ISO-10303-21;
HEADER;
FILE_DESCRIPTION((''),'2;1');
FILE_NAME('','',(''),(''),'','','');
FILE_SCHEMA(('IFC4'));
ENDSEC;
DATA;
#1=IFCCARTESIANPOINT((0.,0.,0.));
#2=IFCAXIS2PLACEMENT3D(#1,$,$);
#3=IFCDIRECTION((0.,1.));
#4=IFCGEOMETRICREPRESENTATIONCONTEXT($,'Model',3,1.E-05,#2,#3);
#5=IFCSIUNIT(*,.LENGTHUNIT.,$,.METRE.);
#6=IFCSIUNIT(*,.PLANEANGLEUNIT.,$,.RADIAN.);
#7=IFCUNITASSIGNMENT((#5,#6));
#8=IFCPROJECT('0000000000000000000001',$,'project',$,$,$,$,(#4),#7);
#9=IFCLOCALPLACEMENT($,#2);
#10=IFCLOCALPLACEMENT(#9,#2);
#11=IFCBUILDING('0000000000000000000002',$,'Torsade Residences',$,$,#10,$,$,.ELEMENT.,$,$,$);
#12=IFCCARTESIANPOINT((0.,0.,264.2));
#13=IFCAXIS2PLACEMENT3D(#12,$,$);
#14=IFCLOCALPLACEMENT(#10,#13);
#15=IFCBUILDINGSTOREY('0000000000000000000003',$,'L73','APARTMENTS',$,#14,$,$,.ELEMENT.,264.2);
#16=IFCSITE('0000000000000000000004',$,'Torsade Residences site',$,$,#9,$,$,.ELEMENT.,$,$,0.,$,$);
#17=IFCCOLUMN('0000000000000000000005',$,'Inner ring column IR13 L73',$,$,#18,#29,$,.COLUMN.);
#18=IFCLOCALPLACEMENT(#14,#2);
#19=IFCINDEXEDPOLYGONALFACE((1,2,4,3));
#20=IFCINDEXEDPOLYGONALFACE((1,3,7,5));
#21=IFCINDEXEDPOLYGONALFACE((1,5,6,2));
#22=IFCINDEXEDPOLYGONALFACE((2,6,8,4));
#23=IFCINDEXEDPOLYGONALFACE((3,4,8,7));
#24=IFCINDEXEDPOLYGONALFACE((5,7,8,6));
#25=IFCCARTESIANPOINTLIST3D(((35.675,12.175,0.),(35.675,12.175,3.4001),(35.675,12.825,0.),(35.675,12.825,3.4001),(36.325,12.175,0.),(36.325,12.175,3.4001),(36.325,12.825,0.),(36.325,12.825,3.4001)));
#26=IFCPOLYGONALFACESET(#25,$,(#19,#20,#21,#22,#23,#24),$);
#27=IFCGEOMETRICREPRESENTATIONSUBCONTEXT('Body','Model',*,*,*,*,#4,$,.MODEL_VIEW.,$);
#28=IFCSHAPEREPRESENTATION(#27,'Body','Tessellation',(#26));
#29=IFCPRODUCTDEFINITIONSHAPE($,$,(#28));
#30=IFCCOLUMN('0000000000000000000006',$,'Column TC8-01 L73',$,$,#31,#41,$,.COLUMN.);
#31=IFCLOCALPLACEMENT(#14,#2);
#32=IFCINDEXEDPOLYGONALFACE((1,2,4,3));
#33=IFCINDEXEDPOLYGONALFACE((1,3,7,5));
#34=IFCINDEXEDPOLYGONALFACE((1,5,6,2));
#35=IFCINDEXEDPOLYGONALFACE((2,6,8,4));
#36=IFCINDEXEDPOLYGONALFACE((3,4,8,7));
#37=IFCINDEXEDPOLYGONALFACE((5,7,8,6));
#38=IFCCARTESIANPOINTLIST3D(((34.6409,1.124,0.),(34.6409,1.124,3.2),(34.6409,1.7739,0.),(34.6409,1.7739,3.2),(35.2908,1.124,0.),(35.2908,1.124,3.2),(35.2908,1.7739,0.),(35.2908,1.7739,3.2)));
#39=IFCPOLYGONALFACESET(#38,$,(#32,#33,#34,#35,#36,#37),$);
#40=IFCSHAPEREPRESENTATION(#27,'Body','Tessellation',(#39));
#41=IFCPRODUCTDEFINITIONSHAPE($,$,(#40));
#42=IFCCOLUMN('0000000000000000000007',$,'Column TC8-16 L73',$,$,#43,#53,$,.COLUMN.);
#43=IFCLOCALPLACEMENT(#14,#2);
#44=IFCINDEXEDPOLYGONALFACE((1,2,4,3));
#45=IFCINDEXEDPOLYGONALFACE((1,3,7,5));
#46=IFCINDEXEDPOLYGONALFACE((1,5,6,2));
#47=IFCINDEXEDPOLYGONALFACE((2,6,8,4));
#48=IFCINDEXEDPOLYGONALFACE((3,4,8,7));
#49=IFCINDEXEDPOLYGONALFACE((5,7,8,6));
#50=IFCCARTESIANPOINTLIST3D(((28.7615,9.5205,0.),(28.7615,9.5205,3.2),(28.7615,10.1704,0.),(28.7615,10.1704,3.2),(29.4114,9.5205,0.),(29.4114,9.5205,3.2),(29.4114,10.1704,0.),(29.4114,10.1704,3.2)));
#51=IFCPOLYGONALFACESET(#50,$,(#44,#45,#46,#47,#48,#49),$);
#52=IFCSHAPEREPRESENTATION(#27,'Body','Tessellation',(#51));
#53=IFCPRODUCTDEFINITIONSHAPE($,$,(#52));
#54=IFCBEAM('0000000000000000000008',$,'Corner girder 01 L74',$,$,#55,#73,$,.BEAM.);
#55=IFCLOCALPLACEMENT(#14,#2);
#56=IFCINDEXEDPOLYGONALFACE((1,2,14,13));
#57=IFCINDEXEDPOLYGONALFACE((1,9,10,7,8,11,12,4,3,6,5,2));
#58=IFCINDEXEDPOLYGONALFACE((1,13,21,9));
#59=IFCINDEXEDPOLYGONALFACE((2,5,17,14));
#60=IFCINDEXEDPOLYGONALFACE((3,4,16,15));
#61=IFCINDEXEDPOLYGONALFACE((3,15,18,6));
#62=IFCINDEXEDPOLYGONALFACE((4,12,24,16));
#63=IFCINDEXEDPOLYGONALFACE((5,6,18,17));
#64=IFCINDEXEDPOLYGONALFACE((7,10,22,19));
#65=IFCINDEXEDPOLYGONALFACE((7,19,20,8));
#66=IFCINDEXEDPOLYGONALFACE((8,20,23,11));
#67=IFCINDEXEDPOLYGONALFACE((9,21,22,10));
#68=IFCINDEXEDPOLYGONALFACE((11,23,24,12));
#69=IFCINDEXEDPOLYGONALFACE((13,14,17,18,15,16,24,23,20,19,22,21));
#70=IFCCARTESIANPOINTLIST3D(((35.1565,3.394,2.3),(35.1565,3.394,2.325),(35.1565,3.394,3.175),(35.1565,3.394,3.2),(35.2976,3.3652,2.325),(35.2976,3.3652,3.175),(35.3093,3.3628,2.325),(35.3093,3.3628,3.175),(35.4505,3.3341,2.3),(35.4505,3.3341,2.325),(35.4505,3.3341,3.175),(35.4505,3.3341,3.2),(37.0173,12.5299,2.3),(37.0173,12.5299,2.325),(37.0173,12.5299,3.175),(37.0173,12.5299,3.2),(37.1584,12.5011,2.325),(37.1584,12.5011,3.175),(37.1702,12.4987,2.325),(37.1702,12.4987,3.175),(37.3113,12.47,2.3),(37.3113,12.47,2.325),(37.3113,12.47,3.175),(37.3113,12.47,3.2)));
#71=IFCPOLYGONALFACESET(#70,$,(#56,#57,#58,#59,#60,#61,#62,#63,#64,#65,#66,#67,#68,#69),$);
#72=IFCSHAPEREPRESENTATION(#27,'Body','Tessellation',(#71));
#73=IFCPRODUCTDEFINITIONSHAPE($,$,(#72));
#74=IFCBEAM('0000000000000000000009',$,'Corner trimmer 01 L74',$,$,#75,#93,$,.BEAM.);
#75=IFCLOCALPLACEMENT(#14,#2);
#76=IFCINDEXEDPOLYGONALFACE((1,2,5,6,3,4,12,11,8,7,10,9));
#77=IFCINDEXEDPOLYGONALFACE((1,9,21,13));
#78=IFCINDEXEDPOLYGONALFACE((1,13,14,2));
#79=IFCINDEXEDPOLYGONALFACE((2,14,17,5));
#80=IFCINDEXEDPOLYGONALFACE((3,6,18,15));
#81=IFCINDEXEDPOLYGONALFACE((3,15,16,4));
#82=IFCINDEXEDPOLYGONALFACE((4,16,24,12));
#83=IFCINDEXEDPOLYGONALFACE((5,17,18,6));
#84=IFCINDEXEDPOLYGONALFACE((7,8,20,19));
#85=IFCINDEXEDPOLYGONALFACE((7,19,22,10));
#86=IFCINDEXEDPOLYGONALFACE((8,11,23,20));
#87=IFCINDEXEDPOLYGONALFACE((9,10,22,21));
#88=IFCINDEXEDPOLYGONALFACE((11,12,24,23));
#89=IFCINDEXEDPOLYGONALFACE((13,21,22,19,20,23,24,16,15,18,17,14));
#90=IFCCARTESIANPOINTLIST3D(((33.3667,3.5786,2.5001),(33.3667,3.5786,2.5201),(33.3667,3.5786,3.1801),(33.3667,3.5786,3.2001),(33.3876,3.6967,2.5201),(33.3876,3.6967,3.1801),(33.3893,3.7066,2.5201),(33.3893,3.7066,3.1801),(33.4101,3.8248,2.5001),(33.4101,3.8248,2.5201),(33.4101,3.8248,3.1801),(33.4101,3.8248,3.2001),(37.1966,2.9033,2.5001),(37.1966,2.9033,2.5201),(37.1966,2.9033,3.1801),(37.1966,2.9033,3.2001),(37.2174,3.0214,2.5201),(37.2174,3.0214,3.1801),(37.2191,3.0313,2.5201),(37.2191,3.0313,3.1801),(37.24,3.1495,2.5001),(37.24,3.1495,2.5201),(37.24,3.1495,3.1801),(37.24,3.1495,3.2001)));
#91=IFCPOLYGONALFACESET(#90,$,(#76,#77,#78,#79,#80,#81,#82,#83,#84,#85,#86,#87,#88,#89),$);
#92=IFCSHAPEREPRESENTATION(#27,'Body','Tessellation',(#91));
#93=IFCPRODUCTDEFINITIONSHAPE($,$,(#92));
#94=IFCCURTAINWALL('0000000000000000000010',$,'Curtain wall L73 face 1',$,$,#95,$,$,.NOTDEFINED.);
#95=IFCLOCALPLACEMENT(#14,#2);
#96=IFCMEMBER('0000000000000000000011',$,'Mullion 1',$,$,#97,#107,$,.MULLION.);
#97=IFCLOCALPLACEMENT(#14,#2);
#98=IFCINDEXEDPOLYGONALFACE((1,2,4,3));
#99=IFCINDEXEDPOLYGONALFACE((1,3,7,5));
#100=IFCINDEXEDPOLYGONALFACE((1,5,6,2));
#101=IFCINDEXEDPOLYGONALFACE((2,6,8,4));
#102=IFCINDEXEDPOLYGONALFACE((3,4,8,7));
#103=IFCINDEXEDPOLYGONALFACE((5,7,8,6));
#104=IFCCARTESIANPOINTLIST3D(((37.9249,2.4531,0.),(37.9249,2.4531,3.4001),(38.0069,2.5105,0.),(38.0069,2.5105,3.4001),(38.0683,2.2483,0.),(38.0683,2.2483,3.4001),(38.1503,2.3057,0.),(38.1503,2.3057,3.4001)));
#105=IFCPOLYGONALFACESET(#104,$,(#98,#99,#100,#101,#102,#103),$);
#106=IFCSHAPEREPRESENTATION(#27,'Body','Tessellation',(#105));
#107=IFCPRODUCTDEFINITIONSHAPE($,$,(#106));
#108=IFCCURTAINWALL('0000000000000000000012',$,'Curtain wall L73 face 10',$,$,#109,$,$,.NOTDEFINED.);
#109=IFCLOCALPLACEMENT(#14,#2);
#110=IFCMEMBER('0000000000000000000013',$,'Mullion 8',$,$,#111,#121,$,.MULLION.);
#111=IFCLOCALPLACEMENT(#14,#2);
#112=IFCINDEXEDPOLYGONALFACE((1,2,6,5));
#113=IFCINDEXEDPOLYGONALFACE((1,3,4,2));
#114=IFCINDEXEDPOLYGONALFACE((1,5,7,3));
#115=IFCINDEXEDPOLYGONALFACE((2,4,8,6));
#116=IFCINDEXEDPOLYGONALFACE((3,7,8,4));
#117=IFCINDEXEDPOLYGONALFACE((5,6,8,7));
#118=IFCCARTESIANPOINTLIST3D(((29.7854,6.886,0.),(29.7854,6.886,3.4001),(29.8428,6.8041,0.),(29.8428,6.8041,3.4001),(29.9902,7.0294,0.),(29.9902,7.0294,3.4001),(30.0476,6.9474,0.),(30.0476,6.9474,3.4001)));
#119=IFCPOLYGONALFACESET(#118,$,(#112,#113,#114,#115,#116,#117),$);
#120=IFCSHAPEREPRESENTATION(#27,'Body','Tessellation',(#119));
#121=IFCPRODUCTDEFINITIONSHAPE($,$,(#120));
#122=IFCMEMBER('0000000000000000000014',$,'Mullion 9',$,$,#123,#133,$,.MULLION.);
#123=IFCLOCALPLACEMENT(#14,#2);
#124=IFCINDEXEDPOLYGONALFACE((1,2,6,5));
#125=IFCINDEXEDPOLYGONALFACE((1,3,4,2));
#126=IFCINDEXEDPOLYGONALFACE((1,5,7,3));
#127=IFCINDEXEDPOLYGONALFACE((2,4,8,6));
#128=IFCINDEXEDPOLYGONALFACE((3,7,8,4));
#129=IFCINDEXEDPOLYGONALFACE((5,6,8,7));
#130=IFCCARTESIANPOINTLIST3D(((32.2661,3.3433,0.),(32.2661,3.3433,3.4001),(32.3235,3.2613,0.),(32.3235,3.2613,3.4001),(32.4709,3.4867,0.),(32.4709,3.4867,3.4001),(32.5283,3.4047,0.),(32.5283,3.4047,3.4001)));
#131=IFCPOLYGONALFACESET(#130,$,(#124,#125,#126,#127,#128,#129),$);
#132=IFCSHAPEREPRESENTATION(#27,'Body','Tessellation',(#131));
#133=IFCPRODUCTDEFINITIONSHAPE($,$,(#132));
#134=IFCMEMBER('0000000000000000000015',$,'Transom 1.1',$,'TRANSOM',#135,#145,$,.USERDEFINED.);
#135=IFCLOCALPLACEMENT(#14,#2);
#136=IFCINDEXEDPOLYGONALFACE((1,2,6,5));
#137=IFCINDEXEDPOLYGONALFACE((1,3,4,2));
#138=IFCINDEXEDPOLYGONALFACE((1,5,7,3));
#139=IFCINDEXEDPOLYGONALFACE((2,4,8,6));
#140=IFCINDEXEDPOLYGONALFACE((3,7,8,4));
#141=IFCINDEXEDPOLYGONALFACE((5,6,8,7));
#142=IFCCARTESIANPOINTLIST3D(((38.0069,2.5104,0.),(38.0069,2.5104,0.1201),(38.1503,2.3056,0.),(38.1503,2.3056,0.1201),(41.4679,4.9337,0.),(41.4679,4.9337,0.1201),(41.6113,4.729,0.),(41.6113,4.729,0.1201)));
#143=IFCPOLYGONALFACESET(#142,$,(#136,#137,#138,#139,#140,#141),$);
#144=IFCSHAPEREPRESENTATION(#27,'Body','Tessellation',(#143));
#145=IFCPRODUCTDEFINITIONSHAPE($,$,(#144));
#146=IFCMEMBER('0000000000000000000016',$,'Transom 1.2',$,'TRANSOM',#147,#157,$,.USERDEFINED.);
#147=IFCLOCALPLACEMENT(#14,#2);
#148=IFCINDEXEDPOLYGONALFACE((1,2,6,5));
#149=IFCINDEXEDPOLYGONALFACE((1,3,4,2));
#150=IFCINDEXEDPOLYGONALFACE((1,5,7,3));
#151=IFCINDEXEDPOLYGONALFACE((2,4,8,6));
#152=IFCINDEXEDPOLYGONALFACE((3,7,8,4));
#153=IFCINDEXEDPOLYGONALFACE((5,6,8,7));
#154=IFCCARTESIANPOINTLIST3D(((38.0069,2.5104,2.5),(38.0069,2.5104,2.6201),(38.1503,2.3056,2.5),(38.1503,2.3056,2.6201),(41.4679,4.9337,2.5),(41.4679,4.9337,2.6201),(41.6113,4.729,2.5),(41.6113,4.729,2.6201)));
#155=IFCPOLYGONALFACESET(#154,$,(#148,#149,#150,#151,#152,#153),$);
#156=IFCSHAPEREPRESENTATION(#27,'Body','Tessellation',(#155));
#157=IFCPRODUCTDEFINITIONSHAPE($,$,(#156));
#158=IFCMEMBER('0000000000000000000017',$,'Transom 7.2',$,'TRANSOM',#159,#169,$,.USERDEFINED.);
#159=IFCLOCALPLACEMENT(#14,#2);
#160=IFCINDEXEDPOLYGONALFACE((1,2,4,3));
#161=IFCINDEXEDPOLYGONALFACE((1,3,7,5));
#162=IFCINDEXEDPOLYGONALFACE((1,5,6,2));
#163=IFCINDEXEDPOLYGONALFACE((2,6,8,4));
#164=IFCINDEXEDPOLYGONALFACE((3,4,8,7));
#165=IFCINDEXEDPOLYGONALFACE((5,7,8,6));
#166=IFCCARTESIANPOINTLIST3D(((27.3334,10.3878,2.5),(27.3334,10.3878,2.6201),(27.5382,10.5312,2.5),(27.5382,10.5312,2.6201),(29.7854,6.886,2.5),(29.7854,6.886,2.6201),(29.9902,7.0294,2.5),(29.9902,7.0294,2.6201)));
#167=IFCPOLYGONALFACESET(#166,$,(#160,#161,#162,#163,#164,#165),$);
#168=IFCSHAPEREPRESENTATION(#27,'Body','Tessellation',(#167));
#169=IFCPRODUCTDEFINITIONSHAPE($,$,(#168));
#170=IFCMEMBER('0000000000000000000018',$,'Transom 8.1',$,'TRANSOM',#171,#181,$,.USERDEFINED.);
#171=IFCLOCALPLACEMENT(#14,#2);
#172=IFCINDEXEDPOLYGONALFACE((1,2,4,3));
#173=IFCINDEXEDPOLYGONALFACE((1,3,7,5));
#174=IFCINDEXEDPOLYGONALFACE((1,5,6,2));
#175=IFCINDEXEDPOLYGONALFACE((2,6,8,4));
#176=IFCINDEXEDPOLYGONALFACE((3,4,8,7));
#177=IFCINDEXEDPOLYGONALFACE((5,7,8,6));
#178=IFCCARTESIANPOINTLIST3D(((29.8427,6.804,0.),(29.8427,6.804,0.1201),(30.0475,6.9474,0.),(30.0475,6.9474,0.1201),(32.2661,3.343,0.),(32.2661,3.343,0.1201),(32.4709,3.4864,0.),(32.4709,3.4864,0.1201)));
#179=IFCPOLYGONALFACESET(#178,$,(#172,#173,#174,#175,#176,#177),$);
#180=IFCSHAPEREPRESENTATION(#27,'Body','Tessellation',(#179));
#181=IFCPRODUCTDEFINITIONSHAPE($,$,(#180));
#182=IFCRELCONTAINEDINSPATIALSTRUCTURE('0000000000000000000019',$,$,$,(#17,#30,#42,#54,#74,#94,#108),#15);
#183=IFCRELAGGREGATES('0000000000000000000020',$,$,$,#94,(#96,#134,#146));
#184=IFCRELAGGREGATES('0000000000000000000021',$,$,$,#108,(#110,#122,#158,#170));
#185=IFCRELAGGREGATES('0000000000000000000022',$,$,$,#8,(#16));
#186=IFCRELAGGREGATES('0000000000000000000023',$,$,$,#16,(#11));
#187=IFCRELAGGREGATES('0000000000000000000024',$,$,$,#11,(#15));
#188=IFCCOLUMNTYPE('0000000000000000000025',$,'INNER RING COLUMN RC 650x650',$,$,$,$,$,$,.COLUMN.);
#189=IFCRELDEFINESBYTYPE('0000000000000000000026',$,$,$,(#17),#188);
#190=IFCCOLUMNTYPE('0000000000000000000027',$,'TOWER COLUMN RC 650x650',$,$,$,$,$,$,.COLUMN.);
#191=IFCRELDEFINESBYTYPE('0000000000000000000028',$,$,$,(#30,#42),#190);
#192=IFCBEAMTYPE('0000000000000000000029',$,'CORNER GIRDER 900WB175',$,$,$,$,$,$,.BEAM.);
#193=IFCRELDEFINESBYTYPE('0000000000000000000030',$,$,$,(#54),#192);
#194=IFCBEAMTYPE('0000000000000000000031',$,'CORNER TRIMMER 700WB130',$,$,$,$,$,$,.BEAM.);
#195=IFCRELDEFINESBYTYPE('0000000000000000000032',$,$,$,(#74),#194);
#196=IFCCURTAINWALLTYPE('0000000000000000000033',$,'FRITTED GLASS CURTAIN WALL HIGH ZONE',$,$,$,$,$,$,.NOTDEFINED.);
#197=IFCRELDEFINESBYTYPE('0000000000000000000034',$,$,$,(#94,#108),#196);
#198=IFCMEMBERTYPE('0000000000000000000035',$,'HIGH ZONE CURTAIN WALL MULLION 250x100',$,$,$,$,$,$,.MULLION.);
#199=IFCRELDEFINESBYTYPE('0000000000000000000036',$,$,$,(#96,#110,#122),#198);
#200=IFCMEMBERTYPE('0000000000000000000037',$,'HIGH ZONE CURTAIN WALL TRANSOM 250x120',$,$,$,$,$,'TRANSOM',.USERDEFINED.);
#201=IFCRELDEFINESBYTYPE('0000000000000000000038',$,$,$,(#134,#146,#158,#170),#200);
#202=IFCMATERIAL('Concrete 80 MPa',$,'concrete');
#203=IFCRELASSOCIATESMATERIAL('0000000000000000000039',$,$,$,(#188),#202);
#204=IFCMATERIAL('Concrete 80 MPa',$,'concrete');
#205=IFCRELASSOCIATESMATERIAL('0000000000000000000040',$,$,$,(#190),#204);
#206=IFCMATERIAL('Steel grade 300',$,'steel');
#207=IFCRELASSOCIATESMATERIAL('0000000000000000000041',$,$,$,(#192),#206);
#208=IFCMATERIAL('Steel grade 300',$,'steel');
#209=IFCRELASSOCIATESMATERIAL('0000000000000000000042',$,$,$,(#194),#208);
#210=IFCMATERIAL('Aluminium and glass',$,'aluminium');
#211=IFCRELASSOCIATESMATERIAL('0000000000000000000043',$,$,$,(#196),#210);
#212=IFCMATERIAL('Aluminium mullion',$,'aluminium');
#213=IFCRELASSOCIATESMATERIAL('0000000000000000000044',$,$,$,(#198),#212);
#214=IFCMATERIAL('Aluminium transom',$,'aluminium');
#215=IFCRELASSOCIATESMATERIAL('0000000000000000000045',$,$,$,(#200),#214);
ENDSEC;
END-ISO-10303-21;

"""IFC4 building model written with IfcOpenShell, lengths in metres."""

from ifc_helpers import new_model, si_unit, direction, frame, origin, origin_2d, place, context, subcontext, project, spatial, rectangle, i_section, extrude, material, material_profile, profile_set, type_object, element, aggregate, save


model = new_model("IFC4")

# Units and contexts
model_context = context("Model", 3, precision=1e-05, world=origin(), true_north=direction((0.0, 1.0)))
body_context = subcontext(model_context, "Body", "Model", "MODEL_VIEW")
ifc_project = project(units=[si_unit("LENGTHUNIT", "METRE"), si_unit("PLANEANGLEUNIT", "RADIAN")], contexts=[model_context])

# Site, building, storey
site_placement = place(None, origin())
site = spatial("IfcSite", under=ifc_project, at=site_placement, Name="Torsade Residences site", CompositionType="ELEMENT", RefElevation=0.0)
building_placement = place(site_placement, origin())
building = spatial("IfcBuilding", under=site, at=building_placement, Name="Torsade Residences", CompositionType="ELEMENT")
storey_placement = place(building_placement, frame((0.0, 0.0, 264.2)))
storey = spatial("IfcBuildingStorey", under=building, at=storey_placement, Name="L73", Description="APARTMENTS", CompositionType="ELEMENT", Elevation=264.2)

# Columns
ifc_material_1 = material(Name="Concrete 80 MPa", Category="concrete")
ifc_material_profile_1 = material_profile(ifc_material_1, rectangle(XDim=0.6499, YDim=0.6499, at=origin_2d()), Name="RC 650x650")
ifc_profile_set_1 = profile_set([ifc_material_profile_1], Name="Concrete 80 MPa")
column_type_1 = type_object("IfcColumnType", Name="INNER RING COLUMN RC 650x650", PredefinedType="COLUMN", material=ifc_profile_set_1)
column_placement = place(storey_placement, frame((36.0, 12.5, 0.0), z_axis=(0.0, 0.0, 1.0), x_axis=(1.0, 0.0, 0.0)))
element("IfcColumn", 1, at=column_placement, inside=storey, type_object=column_type_1, Name="Inner ring column IR13 L73", PredefinedType="COLUMN", context=body_context, shape_type="SweptSolid", body=[
    extrude(rectangle(XDim=0.6499, YDim=0.6499, at=origin_2d()), origin(), (0.0, 0.0, 1.0), 3.4001),
])
ifc_material_2 = material(Name="Concrete 80 MPa", Category="concrete")
ifc_material_profile_2 = material_profile(ifc_material_2, rectangle(XDim=0.6499, YDim=0.6499, at=origin_2d()), Name="RC 650x650")
ifc_profile_set_2 = profile_set([ifc_material_profile_2], Name="Concrete 80 MPa")
column_type_2 = type_object("IfcColumnType", Name="TOWER COLUMN RC 650x650", PredefinedType="COLUMN", material=ifc_profile_set_2)
for number, where, z_axis, x_axis, name in (
    (2, (34.9658, 1.449, 0.0), (0.0, 0.0, 1.0), (1.0, 0.0, 0.0), "Column TC8-01 L73"),
    (3, (29.0864, 9.8455, 0.0), (0.0, 0.0, 1.0), (1.0, 0.0, 0.0), "Column TC8-16 L73"),
):
    element("IfcColumn", number, at=place(storey_placement, frame(where, z_axis=z_axis, x_axis=x_axis)), inside=storey, type_object=column_type_2, Name=name, PredefinedType="COLUMN", context=body_context, shape_type="SweptSolid", body=[
        extrude(rectangle(XDim=0.6499, YDim=0.6499, at=origin_2d()), origin(), (0.0, 0.0, 1.0), 3.2),
    ])

# Beams
ifc_material_3 = material(Name="Steel grade 300", Category="steel")
ifc_material_profile_3 = material_profile(ifc_material_3, i_section(OverallWidth=0.3, OverallDepth=0.8999, WebThickness=0.012, FlangeThickness=0.0249, at=origin_2d()), Name="900WB175")
ifc_profile_set_3 = profile_set([ifc_material_profile_3], Name="Steel grade 300")
beam_type_1 = type_object("IfcBeamType", Name="CORNER GIRDER 900WB175", PredefinedType="BEAM", material=ifc_profile_set_3)
beam_1_placement = place(storey_placement, frame((35.3035, 3.364, 2.75), z_axis=(0.199584, 0.979881, 0.0), x_axis=(-0.979881, 0.199584, 0.0)))
element("IfcBeam", 4, at=beam_1_placement, inside=storey, type_object=beam_type_1, Name="Corner girder 01 L74", PredefinedType="BEAM", context=body_context, shape_type="SweptSolid", body=[
    extrude(i_section(OverallWidth=0.3, OverallDepth=0.8999, WebThickness=0.012, FlangeThickness=0.0249, at=origin_2d()), origin(), (0.0, 0.0, 1.0), 9.3235),
])
ifc_material_4 = material(Name="Steel grade 300", Category="steel")
ifc_material_profile_4 = material_profile(ifc_material_4, i_section(OverallWidth=0.25, OverallDepth=0.7, WebThickness=0.01, FlangeThickness=0.02, at=origin_2d()), Name="700WB130")
ifc_profile_set_4 = profile_set([ifc_material_profile_4], Name="Steel grade 300")
beam_type_2 = type_object("IfcBeamType", Name="CORNER TRIMMER 700WB130", PredefinedType="BEAM", material=ifc_profile_set_4)
beam_2_placement = place(storey_placement, frame((37.2183, 3.0264, 2.8501), z_axis=(-0.984808, 0.173646, 0.0), x_axis=(-0.173646, -0.984808, 0.0)))
element("IfcBeam", 5, at=beam_2_placement, inside=storey, type_object=beam_type_2, Name="Corner trimmer 01 L74", PredefinedType="BEAM", context=body_context, shape_type="SweptSolid", body=[
    extrude(i_section(OverallWidth=0.25, OverallDepth=0.7, WebThickness=0.01, FlangeThickness=0.02, at=origin_2d()), origin(), (0.0, 0.0, 1.0), 3.8889),
])

# Curtain wall, member
ifc_material_5 = material(Name="Aluminium and glass", Category="aluminium")
curtain_wall_type = type_object("IfcCurtainWallType", Name="FRITTED GLASS CURTAIN WALL HIGH ZONE", PredefinedType="NOTDEFINED", material=ifc_material_5)
curtain_wall_1_placement = place(storey_placement, origin())
curtain_wall_1 = element("IfcCurtainWall", 6, at=curtain_wall_1_placement, inside=storey, type_object=curtain_wall_type, Name="Curtain wall L73 face 1", PredefinedType="NOTDEFINED")
ifc_material_6 = material(Name="Aluminium mullion", Category="aluminium")
ifc_material_profile_5 = material_profile(ifc_material_6, rectangle(XDim=0.25, YDim=0.1001, at=origin_2d()), Name="HIGH ZONE CURTAIN WALL MULLION 250x100")
ifc_profile_set_5 = profile_set([ifc_material_profile_5], Name="Aluminium mullion")
member_type_1 = type_object("IfcMemberType", Name="HIGH ZONE CURTAIN WALL MULLION 250x100", PredefinedType="MULLION", material=ifc_profile_set_5)
member_1_placement = place(storey_placement, frame((38.0376, 2.3794, 0.0), z_axis=(0.0, 0.0, 1.0), x_axis=(-0.573576, 0.819152, 0.0)))
member_1 = element("IfcMember", 7, at=member_1_placement, type_object=member_type_1, Name="Mullion 1", PredefinedType="MULLION", context=body_context, shape_type="SweptSolid", body=[
    extrude(rectangle(XDim=0.25, YDim=0.1001, at=origin_2d()), origin(), (0.0, 0.0, 1.0), 3.4001),
])

# Curtain wall, members
curtain_wall_2_placement = place(storey_placement, origin())
curtain_wall_2 = element("IfcCurtainWall", 8, at=curtain_wall_2_placement, inside=storey, type_object=curtain_wall_type, Name="Curtain wall L73 face 10", PredefinedType="NOTDEFINED")
member_2_placement = place(storey_placement, frame((29.9165, 6.9167, 0.0), z_axis=(0.0, 0.0, 1.0), x_axis=(0.819152, 0.573576, 0.0)))
member_2 = element("IfcMember", 9, at=member_2_placement, type_object=member_type_1, Name="Mullion 8", PredefinedType="MULLION", context=body_context, shape_type="SweptSolid", body=[
    extrude(rectangle(XDim=0.25, YDim=0.1001, at=origin_2d()), origin(), (0.0, 0.0, 1.0), 3.4001),
])
member_3_placement = place(storey_placement, frame((32.3972, 3.374, 0.0), z_axis=(0.0, 0.0, 1.0), x_axis=(0.819152, 0.573576, 0.0)))
member_3 = element("IfcMember", 10, at=member_3_placement, type_object=member_type_1, Name="Mullion 9", PredefinedType="MULLION", context=body_context, shape_type="SweptSolid", body=[
    extrude(rectangle(XDim=0.25, YDim=0.1001, at=origin_2d()), origin(), (0.0, 0.0, 1.0), 3.4001),
])

# Members
ifc_material_7 = material(Name="Aluminium transom", Category="aluminium")
ifc_material_profile_6 = material_profile(ifc_material_7, rectangle(XDim=0.25, YDim=0.1201, at=origin_2d()), Name="HIGH ZONE CURTAIN WALL TRANSOM 250x120")
ifc_profile_set_6 = profile_set([ifc_material_profile_6], Name="Aluminium transom")
member_type_2 = type_object("IfcMemberType", Name="HIGH ZONE CURTAIN WALL TRANSOM 250x120", ElementType="TRANSOM", PredefinedType="USERDEFINED", material=ifc_profile_set_6)
member_4_placement = place(storey_placement, frame((38.0786, 2.408, 0.0601), z_axis=(0.819156, 0.573571, 0.0), x_axis=(-0.573571, 0.819156, 0.0)))
member_4 = element("IfcMember", 11, at=member_4_placement, type_object=member_type_2, Name="Transom 1.1", ObjectType="TRANSOM", PredefinedType="USERDEFINED", context=body_context, shape_type="SweptSolid", body=[
    extrude(rectangle(XDim=0.25, YDim=0.1201, at=origin_2d()), origin(), (0.0, 0.0, 1.0), 4.2251),
])
member_5_placement = place(storey_placement, frame((38.0786, 2.408, 2.5601), z_axis=(0.819156, 0.573571, 0.0), x_axis=(-0.573571, 0.819156, 0.0)))
member_5 = element("IfcMember", 12, at=member_5_placement, type_object=member_type_2, Name="Transom 1.2", ObjectType="TRANSOM", PredefinedType="USERDEFINED", context=body_context, shape_type="SweptSolid", body=[
    extrude(rectangle(XDim=0.25, YDim=0.1201, at=origin_2d()), origin(), (0.0, 0.0, 1.0), 4.2251),
])
aggregate(curtain_wall_1, [member_1, member_4, member_5])
member_6_placement = place(storey_placement, frame((27.4358, 10.4595, 2.5601), z_axis=(0.573573, -0.819154, 0.0), x_axis=(0.819154, 0.573573, 0.0)))
member_6 = element("IfcMember", 13, at=member_6_placement, type_object=member_type_2, Name="Transom 7.2", ObjectType="TRANSOM", PredefinedType="USERDEFINED", context=body_context, shape_type="SweptSolid", body=[
    extrude(rectangle(XDim=0.25, YDim=0.1201, at=origin_2d()), origin(), (0.0, 0.0, 1.0), 4.2749),
])
member_7_placement = place(storey_placement, frame((29.9451, 6.8757, 0.0601), z_axis=(0.573571, -0.819156, 0.0), x_axis=(0.819156, 0.573571, 0.0)))
member_7 = element("IfcMember", 14, at=member_7_placement, type_object=member_type_2, Name="Transom 8.1", ObjectType="TRANSOM", PredefinedType="USERDEFINED", context=body_context, shape_type="SweptSolid", body=[
    extrude(rectangle(XDim=0.25, YDim=0.1201, at=origin_2d()), origin(), (0.0, 0.0, 1.0), 4.2251),
])

aggregate(curtain_wall_2, [member_2, member_3, member_6, member_7])

save(model, "model.ifc")
